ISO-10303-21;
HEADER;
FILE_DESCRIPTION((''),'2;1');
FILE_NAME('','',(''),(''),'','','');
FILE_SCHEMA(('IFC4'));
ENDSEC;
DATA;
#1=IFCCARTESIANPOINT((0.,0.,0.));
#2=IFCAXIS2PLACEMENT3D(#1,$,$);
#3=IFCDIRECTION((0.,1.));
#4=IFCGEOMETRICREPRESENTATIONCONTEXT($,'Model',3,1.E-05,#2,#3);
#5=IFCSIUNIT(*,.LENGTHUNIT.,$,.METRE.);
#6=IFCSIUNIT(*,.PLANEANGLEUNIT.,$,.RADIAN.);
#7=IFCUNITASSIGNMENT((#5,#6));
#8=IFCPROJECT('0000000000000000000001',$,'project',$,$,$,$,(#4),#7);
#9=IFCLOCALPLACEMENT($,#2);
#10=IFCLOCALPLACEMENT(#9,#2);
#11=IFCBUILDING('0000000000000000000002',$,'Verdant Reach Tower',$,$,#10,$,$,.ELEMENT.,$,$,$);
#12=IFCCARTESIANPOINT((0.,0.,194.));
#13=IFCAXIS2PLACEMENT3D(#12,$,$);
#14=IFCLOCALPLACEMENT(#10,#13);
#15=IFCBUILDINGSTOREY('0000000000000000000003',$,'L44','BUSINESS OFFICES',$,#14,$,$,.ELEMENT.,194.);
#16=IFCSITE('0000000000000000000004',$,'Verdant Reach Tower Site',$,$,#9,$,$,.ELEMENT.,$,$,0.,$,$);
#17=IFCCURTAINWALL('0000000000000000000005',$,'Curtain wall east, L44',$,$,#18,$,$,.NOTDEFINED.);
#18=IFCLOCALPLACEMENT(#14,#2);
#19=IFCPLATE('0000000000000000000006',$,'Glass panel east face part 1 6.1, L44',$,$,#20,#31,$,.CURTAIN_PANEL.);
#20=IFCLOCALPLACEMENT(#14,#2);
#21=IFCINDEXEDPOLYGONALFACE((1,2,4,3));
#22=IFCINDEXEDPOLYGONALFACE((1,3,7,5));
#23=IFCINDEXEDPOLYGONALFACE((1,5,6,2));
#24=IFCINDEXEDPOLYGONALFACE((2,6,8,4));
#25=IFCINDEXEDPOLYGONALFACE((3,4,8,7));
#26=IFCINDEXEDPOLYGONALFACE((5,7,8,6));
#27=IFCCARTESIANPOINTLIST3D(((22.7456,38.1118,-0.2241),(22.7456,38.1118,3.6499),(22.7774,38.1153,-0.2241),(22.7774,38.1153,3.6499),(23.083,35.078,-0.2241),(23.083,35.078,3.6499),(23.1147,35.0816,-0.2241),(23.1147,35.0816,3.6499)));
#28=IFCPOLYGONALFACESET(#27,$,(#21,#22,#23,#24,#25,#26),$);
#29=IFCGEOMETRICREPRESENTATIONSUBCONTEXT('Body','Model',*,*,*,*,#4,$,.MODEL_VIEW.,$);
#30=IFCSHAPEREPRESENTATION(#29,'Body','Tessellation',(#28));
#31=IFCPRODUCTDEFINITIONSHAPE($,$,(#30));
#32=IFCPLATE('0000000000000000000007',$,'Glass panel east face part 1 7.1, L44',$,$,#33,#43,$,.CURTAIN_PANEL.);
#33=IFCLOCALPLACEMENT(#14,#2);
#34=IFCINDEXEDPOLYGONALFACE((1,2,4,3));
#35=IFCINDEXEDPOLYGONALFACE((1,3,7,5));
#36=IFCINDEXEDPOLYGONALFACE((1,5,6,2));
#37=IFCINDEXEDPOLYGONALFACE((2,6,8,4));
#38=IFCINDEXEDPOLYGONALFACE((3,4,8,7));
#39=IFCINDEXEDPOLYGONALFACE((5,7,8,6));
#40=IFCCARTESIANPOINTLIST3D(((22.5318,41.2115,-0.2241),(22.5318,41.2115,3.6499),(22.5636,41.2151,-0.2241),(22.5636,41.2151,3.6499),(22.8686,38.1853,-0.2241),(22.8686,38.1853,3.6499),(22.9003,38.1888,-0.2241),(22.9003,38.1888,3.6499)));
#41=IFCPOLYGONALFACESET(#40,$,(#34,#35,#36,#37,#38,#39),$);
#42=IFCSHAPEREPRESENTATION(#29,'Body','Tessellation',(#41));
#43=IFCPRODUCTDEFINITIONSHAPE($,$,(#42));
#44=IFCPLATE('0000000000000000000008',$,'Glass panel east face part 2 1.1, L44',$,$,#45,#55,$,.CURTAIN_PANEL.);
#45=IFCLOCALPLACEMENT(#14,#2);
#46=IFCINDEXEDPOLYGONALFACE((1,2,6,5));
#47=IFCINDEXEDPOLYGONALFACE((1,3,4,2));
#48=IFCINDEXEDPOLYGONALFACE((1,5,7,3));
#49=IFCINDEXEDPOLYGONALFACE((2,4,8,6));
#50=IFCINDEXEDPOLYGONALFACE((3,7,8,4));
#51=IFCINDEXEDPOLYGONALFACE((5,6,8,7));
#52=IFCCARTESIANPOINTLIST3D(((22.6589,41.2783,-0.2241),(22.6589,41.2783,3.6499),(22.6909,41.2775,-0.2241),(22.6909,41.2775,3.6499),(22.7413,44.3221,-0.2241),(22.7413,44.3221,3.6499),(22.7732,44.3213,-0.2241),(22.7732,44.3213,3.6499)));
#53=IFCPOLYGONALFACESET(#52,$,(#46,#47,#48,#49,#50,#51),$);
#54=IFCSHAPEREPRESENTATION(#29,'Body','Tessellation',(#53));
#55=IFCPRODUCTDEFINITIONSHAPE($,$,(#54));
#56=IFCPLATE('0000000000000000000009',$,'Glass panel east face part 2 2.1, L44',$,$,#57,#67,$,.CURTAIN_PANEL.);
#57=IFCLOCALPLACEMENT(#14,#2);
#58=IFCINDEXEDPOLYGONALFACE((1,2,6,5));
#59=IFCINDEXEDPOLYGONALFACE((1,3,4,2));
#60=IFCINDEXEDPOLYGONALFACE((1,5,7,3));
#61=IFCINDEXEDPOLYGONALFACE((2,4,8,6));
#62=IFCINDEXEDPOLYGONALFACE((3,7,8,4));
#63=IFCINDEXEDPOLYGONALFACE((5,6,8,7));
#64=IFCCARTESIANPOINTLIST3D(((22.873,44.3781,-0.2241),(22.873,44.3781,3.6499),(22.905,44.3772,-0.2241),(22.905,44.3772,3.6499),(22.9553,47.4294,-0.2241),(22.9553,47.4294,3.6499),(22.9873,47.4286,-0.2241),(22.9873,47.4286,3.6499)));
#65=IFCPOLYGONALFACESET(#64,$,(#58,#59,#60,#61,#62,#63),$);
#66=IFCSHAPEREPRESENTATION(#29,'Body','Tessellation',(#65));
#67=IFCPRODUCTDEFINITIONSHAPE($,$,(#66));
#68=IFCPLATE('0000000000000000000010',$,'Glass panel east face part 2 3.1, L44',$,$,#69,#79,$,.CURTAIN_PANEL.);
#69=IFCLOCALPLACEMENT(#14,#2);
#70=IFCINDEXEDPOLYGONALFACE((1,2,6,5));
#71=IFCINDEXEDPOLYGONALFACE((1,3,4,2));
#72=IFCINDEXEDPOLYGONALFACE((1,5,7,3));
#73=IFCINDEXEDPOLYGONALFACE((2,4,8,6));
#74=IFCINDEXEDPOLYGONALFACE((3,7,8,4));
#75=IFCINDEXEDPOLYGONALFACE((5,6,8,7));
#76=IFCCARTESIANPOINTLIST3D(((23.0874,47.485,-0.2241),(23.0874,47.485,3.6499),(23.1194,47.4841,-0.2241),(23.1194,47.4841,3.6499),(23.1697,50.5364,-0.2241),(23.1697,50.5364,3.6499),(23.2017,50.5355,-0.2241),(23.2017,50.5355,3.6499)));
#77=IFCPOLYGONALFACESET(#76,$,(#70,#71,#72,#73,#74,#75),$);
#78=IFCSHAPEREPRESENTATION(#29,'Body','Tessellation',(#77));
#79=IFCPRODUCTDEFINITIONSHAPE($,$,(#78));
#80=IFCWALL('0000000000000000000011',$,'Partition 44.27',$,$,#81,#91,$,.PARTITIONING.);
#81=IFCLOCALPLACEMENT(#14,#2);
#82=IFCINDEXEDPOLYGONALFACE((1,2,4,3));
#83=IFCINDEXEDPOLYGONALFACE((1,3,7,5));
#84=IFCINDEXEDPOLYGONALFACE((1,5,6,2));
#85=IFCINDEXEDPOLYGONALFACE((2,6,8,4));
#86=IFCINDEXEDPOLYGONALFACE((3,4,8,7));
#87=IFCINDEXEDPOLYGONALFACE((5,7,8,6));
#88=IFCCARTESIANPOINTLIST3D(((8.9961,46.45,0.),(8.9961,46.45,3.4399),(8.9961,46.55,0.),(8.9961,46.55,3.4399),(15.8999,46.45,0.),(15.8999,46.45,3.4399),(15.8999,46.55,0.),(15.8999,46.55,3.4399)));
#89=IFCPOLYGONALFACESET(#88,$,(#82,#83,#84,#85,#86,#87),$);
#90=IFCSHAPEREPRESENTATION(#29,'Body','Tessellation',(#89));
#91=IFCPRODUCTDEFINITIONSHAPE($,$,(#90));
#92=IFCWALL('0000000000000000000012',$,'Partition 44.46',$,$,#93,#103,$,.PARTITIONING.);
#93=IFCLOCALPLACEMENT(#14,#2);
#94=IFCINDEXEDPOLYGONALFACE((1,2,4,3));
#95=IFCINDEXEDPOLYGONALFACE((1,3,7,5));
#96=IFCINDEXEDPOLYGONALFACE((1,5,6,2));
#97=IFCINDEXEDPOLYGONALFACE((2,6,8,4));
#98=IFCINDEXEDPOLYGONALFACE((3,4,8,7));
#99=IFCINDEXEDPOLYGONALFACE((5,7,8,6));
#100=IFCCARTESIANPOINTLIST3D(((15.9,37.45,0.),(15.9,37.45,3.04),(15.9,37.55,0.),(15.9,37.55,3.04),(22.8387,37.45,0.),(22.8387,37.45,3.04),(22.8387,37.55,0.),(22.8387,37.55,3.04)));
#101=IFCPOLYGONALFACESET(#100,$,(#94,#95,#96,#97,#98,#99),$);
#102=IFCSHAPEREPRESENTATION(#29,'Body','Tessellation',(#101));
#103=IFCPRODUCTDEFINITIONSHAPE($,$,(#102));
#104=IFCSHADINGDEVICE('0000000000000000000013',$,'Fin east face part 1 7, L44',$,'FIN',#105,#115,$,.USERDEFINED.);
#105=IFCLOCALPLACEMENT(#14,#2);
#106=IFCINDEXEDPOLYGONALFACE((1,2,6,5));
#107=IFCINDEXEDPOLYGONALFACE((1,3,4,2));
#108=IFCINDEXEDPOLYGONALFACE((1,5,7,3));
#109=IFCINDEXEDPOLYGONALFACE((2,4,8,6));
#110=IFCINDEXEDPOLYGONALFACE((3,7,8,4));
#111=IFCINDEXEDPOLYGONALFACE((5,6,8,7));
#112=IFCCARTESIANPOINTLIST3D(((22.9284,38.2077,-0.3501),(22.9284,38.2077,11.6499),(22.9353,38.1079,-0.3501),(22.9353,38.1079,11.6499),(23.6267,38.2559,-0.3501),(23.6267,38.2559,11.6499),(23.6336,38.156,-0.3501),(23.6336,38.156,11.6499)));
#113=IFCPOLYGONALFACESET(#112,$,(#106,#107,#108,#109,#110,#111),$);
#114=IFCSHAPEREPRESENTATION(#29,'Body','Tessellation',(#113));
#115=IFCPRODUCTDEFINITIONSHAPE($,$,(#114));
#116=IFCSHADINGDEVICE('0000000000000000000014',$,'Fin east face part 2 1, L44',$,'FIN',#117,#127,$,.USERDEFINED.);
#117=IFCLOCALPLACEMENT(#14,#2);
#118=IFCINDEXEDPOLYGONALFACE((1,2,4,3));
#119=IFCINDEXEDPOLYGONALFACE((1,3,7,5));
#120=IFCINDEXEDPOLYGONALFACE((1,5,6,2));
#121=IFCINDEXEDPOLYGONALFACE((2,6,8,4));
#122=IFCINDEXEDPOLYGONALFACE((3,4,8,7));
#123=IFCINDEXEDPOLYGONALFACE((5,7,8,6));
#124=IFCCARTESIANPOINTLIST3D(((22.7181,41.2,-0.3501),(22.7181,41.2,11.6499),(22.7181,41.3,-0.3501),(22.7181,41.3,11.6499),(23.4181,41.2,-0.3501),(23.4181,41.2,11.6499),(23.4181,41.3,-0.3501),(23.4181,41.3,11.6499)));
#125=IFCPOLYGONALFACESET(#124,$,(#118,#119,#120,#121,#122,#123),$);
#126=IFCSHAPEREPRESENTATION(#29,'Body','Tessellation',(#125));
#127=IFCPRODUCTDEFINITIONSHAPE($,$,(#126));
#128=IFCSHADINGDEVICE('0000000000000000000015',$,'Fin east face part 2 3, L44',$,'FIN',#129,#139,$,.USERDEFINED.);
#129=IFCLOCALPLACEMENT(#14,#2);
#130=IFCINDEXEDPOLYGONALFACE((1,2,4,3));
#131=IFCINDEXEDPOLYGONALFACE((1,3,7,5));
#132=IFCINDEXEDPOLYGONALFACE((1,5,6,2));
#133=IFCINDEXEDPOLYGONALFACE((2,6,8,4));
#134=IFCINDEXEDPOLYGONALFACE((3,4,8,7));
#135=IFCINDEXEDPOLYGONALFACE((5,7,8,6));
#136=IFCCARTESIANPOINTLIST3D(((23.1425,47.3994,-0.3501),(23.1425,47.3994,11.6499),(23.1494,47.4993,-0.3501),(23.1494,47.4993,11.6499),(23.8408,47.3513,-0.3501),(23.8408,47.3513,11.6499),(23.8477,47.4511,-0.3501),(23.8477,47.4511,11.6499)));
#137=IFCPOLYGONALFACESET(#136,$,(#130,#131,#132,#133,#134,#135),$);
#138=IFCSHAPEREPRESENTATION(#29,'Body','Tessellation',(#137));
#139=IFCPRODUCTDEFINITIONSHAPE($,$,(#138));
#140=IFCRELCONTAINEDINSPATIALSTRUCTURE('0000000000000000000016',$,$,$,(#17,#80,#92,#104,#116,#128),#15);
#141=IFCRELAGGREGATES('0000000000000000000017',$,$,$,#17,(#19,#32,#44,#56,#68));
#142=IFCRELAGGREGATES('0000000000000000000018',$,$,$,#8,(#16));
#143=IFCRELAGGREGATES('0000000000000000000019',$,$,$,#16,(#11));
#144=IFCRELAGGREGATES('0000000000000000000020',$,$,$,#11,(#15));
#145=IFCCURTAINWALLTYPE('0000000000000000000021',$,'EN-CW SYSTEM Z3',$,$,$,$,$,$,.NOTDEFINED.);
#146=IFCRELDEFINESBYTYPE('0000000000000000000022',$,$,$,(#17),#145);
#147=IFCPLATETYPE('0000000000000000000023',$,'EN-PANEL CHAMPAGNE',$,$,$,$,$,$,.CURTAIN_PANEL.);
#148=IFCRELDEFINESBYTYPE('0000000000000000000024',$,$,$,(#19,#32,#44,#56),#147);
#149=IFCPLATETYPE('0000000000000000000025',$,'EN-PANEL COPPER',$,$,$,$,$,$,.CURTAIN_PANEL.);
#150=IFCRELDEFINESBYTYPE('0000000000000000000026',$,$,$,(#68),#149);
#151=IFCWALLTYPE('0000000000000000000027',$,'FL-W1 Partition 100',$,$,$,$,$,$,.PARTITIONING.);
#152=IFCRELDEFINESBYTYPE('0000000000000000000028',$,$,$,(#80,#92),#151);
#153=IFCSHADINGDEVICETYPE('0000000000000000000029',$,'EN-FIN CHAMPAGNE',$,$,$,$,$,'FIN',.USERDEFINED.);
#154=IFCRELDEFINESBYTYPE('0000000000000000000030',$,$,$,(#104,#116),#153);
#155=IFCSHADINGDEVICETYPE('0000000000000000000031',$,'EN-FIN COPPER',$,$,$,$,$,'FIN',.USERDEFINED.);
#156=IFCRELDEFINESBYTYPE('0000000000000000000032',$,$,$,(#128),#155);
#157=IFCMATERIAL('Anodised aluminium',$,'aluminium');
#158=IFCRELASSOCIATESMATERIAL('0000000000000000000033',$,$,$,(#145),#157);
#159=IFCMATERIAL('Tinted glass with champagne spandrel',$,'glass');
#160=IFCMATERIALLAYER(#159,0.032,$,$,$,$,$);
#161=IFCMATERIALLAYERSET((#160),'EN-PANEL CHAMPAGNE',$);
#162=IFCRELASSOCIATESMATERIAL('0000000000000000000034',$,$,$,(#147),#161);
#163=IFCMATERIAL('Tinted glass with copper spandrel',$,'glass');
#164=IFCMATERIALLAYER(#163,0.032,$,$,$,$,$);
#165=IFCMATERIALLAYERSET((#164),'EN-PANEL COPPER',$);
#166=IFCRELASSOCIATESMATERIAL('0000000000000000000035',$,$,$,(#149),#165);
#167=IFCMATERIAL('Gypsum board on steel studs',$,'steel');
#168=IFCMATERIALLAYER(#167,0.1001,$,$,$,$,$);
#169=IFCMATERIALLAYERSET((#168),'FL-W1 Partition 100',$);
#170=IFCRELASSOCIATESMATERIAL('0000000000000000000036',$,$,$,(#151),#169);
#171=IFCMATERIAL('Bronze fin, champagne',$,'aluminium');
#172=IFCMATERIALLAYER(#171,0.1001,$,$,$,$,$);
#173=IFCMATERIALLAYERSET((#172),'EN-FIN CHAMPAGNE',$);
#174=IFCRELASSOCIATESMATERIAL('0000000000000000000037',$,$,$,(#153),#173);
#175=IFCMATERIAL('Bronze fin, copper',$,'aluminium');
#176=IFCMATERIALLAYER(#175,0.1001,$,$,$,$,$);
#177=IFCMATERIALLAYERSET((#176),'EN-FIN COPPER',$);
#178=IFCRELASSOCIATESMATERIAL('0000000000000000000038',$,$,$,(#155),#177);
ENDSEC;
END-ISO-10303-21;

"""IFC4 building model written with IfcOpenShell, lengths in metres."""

from ifc_helpers import new_model, si_unit, direction, frame, frame_2d, origin, origin_2d, place, context, subcontext, project, spatial, rectangle, extrude, material, layer, layer_set, type_object, element, aggregate, save


model = new_model("IFC4")

# Units and contexts
model_context = context("Model", 3, precision=1e-05, world=origin(), true_north=direction((0.0, 1.0)))
body_context = subcontext(model_context, "Body", "Model", "MODEL_VIEW")
ifc_project = project(units=[si_unit("LENGTHUNIT", "METRE"), si_unit("PLANEANGLEUNIT", "RADIAN")], contexts=[model_context])

# Site, building, storey
site_placement = place(None, origin())
site = spatial("IfcSite", under=ifc_project, at=site_placement, Name="Verdant Reach Tower Site", CompositionType="ELEMENT", RefElevation=0.0)
building_placement = place(site_placement, origin())
building = spatial("IfcBuilding", under=site, at=building_placement, Name="Verdant Reach Tower", CompositionType="ELEMENT")
storey_placement = place(building_placement, frame((0.0, 0.0, 194.0)))
storey = spatial("IfcBuildingStorey", under=building, at=storey_placement, Name="L44", Description="BUSINESS OFFICES", CompositionType="ELEMENT", Elevation=194.0)

# Curtain wall
ifc_material_1 = material(Name="Anodised aluminium", Category="aluminium")
curtain_wall_type = type_object("IfcCurtainWallType", Name="EN-CW SYSTEM Z3", PredefinedType="NOTDEFINED", material=ifc_material_1)
curtain_wall_placement = place(storey_placement, origin())
curtain_wall = element("IfcCurtainWall", 1, at=curtain_wall_placement, inside=storey, type_object=curtain_wall_type, Name="Curtain wall east, L44", PredefinedType="NOTDEFINED")

# Plates
ifc_material_2 = material(Name="Tinted glass with champagne spandrel", Category="glass")
ifc_layer_1 = layer(ifc_material_2, 0.032)
ifc_layer_set_1 = layer_set([ifc_layer_1], Name="EN-PANEL CHAMPAGNE")
plate_type_1 = type_object("IfcPlateType", Name="EN-PANEL CHAMPAGNE", PredefinedType="CURTAIN_PANEL", material=ifc_layer_set_1)
plate_1_placement = place(storey_placement, frame((22.9302, 36.5967, -0.2241), z_axis=(0.0, 0.0, 1.0), x_axis=(-0.110518, 0.993874, 0.0)))
plate_1 = element("IfcPlate", 2, at=plate_1_placement, type_object=plate_type_1, Name="Glass panel east face part 1 6.1, L44", PredefinedType="CURTAIN_PANEL", context=body_context, shape_type="SweptSolid", body=[
    extrude(rectangle(XDim=3.0525, YDim=0.032, at=origin_2d()), origin(), (0.0, 0.0, 1.0), 3.874),
])
plate_2_placement = place(storey_placement, frame((22.7161, 39.7002, -0.2241), z_axis=(0.0, 0.0, 1.0), x_axis=(-0.110601, 0.993865, 0.0)))
plate_2 = element("IfcPlate", 3, at=plate_2_placement, type_object=plate_type_1, Name="Glass panel east face part 1 7.1, L44", PredefinedType="CURTAIN_PANEL", context=body_context, shape_type="SweptSolid", body=[
    extrude(rectangle(XDim=3.0449, YDim=0.032, at=origin_2d()), origin(), (0.0, 0.0, 1.0), 3.874),
])
plate_3_placement = place(storey_placement, frame((22.7161, 42.7998, -0.2241), z_axis=(0.0, 0.0, 1.0), x_axis=(0.027048, 0.999634, 0.0)))
plate_3 = element("IfcPlate", 4, at=plate_3_placement, type_object=plate_type_1, Name="Glass panel east face part 2 1.1, L44", PredefinedType="CURTAIN_PANEL", context=body_context, shape_type="SweptSolid", body=[
    extrude(rectangle(XDim=3.0449, YDim=0.032, at=origin_2d()), origin(), (0.0, 0.0, 1.0), 3.874),
])
plate_4_placement = place(storey_placement, frame((22.9302, 45.9033, -0.2241), z_axis=(0.0, 0.0, 1.0), x_axis=(0.026965, 0.999636, 0.0)))
plate_4 = element("IfcPlate", 5, at=plate_4_placement, type_object=plate_type_1, Name="Glass panel east face part 2 2.1, L44", PredefinedType="CURTAIN_PANEL", context=body_context, shape_type="SweptSolid", body=[
    extrude(rectangle(XDim=3.0525, YDim=0.032, at=origin_2d()), origin(), (0.0, 0.0, 1.0), 3.874),
])
ifc_material_3 = material(Name="Tinted glass with copper spandrel", Category="glass")
ifc_layer_2 = layer(ifc_material_3, 0.032)
ifc_layer_set_2 = layer_set([ifc_layer_2], Name="EN-PANEL COPPER")
plate_type_2 = type_object("IfcPlateType", Name="EN-PANEL COPPER", PredefinedType="CURTAIN_PANEL", material=ifc_layer_set_2)
plate_5_placement = place(storey_placement, frame((23.1445, 49.0103, -0.2241), z_axis=(0.0, 0.0, 1.0), x_axis=(0.026965, 0.999636, 0.0)))
plate_5 = element("IfcPlate", 6, at=plate_5_placement, type_object=plate_type_2, Name="Glass panel east face part 2 3.1, L44", PredefinedType="CURTAIN_PANEL", context=body_context, shape_type="SweptSolid", body=[
    extrude(rectangle(XDim=3.0525, YDim=0.032, at=origin_2d()), origin(), (0.0, 0.0, 1.0), 3.874),
])
aggregate(curtain_wall, [plate_1, plate_2, plate_3, plate_4, plate_5])

# Walls
ifc_material_4 = material(Name="Gypsum board on steel studs", Category="steel")
ifc_layer_3 = layer(ifc_material_4, 0.1001)
ifc_layer_set_3 = layer_set([ifc_layer_3], Name="FL-W1 Partition 100")
wall_type = type_object("IfcWallType", Name="FL-W1 Partition 100", PredefinedType="PARTITIONING", material=ifc_layer_set_3)
wall_1_placement = place(storey_placement, frame((15.8999, 46.5, 0.0), z_axis=(0.0, 0.0, 1.0), x_axis=(-1.0, 0.0, 0.0)))
element("IfcWall", 7, at=wall_1_placement, inside=storey, type_object=wall_type, Name="Partition 44.27", PredefinedType="PARTITIONING", context=body_context, shape_type="SweptSolid", body=[
    extrude(rectangle(XDim=6.9038, YDim=0.1001, at=frame_2d((3.4519, 0.0))), origin(), (0.0, 0.0, 1.0), 3.4399),
])
wall_2_placement = place(storey_placement, frame((22.8386, 37.5, 0.0), z_axis=(0.0, 0.0, 1.0), x_axis=(-1.0, 0.0, 0.0)))
element("IfcWall", 8, at=wall_2_placement, inside=storey, type_object=wall_type, Name="Partition 44.46", PredefinedType="PARTITIONING", context=body_context, shape_type="SweptSolid", body=[
    extrude(rectangle(XDim=6.9387, YDim=0.1001, at=frame_2d((3.4692, 0.0))), origin(), (0.0, 0.0, 1.0), 3.04),
])

# Shading devices
ifc_material_5 = material(Name="Bronze fin, champagne", Category="aluminium")
ifc_layer_4 = layer(ifc_material_5, 0.1001)
ifc_layer_set_4 = layer_set([ifc_layer_4], Name="EN-FIN CHAMPAGNE")
shading_device_type_1 = type_object("IfcShadingDeviceType", Name="EN-FIN CHAMPAGNE", ElementType="FIN", PredefinedType="USERDEFINED", material=ifc_layer_set_4)
for number, where, z_axis, x_axis, name in (
    (9, (23.281, 38.1819, -0.3501), (0.0, 0.0, 1.0), (-0.068802, 0.99763, 0.0), "Fin east face part 1 7, L44"),
    (10, (23.0681, 41.25, -0.3501), (0.0, 0.0, 1.0), (0.0, 1.0, 0.0), "Fin east face part 2 1, L44"),
):
    element("IfcShadingDevice", number, at=place(storey_placement, frame(where, z_axis=z_axis, x_axis=x_axis)), inside=storey, type_object=shading_device_type_1, Name=name, ObjectType="FIN", PredefinedType="USERDEFINED", context=body_context, shape_type="SweptSolid", body=[
        extrude(rectangle(XDim=0.1001, YDim=0.7, at=origin_2d()), origin(), (0.0, 0.0, 1.0), 12.0),
    ])
ifc_material_6 = material(Name="Bronze fin, copper", Category="aluminium")
ifc_layer_5 = layer(ifc_material_6, 0.1001)
ifc_layer_set_5 = layer_set([ifc_layer_5], Name="EN-FIN COPPER")
shading_device_type_2 = type_object("IfcShadingDeviceType", Name="EN-FIN COPPER", ElementType="FIN", PredefinedType="USERDEFINED", material=ifc_layer_set_5)
shading_device_placement = place(storey_placement, frame((23.4951, 47.4253, -0.3501), z_axis=(0.0, 0.0, 1.0), x_axis=(0.068802, 0.99763, 0.0)))
element("IfcShadingDevice", 11, at=shading_device_placement, inside=storey, type_object=shading_device_type_2, Name="Fin east face part 2 3, L44", ObjectType="FIN", PredefinedType="USERDEFINED", context=body_context, shape_type="SweptSolid", body=[
    extrude(rectangle(XDim=0.1001, YDim=0.7, at=origin_2d()), origin(), (0.0, 0.0, 1.0), 12.0),
])

save(model, "model.ifc")
